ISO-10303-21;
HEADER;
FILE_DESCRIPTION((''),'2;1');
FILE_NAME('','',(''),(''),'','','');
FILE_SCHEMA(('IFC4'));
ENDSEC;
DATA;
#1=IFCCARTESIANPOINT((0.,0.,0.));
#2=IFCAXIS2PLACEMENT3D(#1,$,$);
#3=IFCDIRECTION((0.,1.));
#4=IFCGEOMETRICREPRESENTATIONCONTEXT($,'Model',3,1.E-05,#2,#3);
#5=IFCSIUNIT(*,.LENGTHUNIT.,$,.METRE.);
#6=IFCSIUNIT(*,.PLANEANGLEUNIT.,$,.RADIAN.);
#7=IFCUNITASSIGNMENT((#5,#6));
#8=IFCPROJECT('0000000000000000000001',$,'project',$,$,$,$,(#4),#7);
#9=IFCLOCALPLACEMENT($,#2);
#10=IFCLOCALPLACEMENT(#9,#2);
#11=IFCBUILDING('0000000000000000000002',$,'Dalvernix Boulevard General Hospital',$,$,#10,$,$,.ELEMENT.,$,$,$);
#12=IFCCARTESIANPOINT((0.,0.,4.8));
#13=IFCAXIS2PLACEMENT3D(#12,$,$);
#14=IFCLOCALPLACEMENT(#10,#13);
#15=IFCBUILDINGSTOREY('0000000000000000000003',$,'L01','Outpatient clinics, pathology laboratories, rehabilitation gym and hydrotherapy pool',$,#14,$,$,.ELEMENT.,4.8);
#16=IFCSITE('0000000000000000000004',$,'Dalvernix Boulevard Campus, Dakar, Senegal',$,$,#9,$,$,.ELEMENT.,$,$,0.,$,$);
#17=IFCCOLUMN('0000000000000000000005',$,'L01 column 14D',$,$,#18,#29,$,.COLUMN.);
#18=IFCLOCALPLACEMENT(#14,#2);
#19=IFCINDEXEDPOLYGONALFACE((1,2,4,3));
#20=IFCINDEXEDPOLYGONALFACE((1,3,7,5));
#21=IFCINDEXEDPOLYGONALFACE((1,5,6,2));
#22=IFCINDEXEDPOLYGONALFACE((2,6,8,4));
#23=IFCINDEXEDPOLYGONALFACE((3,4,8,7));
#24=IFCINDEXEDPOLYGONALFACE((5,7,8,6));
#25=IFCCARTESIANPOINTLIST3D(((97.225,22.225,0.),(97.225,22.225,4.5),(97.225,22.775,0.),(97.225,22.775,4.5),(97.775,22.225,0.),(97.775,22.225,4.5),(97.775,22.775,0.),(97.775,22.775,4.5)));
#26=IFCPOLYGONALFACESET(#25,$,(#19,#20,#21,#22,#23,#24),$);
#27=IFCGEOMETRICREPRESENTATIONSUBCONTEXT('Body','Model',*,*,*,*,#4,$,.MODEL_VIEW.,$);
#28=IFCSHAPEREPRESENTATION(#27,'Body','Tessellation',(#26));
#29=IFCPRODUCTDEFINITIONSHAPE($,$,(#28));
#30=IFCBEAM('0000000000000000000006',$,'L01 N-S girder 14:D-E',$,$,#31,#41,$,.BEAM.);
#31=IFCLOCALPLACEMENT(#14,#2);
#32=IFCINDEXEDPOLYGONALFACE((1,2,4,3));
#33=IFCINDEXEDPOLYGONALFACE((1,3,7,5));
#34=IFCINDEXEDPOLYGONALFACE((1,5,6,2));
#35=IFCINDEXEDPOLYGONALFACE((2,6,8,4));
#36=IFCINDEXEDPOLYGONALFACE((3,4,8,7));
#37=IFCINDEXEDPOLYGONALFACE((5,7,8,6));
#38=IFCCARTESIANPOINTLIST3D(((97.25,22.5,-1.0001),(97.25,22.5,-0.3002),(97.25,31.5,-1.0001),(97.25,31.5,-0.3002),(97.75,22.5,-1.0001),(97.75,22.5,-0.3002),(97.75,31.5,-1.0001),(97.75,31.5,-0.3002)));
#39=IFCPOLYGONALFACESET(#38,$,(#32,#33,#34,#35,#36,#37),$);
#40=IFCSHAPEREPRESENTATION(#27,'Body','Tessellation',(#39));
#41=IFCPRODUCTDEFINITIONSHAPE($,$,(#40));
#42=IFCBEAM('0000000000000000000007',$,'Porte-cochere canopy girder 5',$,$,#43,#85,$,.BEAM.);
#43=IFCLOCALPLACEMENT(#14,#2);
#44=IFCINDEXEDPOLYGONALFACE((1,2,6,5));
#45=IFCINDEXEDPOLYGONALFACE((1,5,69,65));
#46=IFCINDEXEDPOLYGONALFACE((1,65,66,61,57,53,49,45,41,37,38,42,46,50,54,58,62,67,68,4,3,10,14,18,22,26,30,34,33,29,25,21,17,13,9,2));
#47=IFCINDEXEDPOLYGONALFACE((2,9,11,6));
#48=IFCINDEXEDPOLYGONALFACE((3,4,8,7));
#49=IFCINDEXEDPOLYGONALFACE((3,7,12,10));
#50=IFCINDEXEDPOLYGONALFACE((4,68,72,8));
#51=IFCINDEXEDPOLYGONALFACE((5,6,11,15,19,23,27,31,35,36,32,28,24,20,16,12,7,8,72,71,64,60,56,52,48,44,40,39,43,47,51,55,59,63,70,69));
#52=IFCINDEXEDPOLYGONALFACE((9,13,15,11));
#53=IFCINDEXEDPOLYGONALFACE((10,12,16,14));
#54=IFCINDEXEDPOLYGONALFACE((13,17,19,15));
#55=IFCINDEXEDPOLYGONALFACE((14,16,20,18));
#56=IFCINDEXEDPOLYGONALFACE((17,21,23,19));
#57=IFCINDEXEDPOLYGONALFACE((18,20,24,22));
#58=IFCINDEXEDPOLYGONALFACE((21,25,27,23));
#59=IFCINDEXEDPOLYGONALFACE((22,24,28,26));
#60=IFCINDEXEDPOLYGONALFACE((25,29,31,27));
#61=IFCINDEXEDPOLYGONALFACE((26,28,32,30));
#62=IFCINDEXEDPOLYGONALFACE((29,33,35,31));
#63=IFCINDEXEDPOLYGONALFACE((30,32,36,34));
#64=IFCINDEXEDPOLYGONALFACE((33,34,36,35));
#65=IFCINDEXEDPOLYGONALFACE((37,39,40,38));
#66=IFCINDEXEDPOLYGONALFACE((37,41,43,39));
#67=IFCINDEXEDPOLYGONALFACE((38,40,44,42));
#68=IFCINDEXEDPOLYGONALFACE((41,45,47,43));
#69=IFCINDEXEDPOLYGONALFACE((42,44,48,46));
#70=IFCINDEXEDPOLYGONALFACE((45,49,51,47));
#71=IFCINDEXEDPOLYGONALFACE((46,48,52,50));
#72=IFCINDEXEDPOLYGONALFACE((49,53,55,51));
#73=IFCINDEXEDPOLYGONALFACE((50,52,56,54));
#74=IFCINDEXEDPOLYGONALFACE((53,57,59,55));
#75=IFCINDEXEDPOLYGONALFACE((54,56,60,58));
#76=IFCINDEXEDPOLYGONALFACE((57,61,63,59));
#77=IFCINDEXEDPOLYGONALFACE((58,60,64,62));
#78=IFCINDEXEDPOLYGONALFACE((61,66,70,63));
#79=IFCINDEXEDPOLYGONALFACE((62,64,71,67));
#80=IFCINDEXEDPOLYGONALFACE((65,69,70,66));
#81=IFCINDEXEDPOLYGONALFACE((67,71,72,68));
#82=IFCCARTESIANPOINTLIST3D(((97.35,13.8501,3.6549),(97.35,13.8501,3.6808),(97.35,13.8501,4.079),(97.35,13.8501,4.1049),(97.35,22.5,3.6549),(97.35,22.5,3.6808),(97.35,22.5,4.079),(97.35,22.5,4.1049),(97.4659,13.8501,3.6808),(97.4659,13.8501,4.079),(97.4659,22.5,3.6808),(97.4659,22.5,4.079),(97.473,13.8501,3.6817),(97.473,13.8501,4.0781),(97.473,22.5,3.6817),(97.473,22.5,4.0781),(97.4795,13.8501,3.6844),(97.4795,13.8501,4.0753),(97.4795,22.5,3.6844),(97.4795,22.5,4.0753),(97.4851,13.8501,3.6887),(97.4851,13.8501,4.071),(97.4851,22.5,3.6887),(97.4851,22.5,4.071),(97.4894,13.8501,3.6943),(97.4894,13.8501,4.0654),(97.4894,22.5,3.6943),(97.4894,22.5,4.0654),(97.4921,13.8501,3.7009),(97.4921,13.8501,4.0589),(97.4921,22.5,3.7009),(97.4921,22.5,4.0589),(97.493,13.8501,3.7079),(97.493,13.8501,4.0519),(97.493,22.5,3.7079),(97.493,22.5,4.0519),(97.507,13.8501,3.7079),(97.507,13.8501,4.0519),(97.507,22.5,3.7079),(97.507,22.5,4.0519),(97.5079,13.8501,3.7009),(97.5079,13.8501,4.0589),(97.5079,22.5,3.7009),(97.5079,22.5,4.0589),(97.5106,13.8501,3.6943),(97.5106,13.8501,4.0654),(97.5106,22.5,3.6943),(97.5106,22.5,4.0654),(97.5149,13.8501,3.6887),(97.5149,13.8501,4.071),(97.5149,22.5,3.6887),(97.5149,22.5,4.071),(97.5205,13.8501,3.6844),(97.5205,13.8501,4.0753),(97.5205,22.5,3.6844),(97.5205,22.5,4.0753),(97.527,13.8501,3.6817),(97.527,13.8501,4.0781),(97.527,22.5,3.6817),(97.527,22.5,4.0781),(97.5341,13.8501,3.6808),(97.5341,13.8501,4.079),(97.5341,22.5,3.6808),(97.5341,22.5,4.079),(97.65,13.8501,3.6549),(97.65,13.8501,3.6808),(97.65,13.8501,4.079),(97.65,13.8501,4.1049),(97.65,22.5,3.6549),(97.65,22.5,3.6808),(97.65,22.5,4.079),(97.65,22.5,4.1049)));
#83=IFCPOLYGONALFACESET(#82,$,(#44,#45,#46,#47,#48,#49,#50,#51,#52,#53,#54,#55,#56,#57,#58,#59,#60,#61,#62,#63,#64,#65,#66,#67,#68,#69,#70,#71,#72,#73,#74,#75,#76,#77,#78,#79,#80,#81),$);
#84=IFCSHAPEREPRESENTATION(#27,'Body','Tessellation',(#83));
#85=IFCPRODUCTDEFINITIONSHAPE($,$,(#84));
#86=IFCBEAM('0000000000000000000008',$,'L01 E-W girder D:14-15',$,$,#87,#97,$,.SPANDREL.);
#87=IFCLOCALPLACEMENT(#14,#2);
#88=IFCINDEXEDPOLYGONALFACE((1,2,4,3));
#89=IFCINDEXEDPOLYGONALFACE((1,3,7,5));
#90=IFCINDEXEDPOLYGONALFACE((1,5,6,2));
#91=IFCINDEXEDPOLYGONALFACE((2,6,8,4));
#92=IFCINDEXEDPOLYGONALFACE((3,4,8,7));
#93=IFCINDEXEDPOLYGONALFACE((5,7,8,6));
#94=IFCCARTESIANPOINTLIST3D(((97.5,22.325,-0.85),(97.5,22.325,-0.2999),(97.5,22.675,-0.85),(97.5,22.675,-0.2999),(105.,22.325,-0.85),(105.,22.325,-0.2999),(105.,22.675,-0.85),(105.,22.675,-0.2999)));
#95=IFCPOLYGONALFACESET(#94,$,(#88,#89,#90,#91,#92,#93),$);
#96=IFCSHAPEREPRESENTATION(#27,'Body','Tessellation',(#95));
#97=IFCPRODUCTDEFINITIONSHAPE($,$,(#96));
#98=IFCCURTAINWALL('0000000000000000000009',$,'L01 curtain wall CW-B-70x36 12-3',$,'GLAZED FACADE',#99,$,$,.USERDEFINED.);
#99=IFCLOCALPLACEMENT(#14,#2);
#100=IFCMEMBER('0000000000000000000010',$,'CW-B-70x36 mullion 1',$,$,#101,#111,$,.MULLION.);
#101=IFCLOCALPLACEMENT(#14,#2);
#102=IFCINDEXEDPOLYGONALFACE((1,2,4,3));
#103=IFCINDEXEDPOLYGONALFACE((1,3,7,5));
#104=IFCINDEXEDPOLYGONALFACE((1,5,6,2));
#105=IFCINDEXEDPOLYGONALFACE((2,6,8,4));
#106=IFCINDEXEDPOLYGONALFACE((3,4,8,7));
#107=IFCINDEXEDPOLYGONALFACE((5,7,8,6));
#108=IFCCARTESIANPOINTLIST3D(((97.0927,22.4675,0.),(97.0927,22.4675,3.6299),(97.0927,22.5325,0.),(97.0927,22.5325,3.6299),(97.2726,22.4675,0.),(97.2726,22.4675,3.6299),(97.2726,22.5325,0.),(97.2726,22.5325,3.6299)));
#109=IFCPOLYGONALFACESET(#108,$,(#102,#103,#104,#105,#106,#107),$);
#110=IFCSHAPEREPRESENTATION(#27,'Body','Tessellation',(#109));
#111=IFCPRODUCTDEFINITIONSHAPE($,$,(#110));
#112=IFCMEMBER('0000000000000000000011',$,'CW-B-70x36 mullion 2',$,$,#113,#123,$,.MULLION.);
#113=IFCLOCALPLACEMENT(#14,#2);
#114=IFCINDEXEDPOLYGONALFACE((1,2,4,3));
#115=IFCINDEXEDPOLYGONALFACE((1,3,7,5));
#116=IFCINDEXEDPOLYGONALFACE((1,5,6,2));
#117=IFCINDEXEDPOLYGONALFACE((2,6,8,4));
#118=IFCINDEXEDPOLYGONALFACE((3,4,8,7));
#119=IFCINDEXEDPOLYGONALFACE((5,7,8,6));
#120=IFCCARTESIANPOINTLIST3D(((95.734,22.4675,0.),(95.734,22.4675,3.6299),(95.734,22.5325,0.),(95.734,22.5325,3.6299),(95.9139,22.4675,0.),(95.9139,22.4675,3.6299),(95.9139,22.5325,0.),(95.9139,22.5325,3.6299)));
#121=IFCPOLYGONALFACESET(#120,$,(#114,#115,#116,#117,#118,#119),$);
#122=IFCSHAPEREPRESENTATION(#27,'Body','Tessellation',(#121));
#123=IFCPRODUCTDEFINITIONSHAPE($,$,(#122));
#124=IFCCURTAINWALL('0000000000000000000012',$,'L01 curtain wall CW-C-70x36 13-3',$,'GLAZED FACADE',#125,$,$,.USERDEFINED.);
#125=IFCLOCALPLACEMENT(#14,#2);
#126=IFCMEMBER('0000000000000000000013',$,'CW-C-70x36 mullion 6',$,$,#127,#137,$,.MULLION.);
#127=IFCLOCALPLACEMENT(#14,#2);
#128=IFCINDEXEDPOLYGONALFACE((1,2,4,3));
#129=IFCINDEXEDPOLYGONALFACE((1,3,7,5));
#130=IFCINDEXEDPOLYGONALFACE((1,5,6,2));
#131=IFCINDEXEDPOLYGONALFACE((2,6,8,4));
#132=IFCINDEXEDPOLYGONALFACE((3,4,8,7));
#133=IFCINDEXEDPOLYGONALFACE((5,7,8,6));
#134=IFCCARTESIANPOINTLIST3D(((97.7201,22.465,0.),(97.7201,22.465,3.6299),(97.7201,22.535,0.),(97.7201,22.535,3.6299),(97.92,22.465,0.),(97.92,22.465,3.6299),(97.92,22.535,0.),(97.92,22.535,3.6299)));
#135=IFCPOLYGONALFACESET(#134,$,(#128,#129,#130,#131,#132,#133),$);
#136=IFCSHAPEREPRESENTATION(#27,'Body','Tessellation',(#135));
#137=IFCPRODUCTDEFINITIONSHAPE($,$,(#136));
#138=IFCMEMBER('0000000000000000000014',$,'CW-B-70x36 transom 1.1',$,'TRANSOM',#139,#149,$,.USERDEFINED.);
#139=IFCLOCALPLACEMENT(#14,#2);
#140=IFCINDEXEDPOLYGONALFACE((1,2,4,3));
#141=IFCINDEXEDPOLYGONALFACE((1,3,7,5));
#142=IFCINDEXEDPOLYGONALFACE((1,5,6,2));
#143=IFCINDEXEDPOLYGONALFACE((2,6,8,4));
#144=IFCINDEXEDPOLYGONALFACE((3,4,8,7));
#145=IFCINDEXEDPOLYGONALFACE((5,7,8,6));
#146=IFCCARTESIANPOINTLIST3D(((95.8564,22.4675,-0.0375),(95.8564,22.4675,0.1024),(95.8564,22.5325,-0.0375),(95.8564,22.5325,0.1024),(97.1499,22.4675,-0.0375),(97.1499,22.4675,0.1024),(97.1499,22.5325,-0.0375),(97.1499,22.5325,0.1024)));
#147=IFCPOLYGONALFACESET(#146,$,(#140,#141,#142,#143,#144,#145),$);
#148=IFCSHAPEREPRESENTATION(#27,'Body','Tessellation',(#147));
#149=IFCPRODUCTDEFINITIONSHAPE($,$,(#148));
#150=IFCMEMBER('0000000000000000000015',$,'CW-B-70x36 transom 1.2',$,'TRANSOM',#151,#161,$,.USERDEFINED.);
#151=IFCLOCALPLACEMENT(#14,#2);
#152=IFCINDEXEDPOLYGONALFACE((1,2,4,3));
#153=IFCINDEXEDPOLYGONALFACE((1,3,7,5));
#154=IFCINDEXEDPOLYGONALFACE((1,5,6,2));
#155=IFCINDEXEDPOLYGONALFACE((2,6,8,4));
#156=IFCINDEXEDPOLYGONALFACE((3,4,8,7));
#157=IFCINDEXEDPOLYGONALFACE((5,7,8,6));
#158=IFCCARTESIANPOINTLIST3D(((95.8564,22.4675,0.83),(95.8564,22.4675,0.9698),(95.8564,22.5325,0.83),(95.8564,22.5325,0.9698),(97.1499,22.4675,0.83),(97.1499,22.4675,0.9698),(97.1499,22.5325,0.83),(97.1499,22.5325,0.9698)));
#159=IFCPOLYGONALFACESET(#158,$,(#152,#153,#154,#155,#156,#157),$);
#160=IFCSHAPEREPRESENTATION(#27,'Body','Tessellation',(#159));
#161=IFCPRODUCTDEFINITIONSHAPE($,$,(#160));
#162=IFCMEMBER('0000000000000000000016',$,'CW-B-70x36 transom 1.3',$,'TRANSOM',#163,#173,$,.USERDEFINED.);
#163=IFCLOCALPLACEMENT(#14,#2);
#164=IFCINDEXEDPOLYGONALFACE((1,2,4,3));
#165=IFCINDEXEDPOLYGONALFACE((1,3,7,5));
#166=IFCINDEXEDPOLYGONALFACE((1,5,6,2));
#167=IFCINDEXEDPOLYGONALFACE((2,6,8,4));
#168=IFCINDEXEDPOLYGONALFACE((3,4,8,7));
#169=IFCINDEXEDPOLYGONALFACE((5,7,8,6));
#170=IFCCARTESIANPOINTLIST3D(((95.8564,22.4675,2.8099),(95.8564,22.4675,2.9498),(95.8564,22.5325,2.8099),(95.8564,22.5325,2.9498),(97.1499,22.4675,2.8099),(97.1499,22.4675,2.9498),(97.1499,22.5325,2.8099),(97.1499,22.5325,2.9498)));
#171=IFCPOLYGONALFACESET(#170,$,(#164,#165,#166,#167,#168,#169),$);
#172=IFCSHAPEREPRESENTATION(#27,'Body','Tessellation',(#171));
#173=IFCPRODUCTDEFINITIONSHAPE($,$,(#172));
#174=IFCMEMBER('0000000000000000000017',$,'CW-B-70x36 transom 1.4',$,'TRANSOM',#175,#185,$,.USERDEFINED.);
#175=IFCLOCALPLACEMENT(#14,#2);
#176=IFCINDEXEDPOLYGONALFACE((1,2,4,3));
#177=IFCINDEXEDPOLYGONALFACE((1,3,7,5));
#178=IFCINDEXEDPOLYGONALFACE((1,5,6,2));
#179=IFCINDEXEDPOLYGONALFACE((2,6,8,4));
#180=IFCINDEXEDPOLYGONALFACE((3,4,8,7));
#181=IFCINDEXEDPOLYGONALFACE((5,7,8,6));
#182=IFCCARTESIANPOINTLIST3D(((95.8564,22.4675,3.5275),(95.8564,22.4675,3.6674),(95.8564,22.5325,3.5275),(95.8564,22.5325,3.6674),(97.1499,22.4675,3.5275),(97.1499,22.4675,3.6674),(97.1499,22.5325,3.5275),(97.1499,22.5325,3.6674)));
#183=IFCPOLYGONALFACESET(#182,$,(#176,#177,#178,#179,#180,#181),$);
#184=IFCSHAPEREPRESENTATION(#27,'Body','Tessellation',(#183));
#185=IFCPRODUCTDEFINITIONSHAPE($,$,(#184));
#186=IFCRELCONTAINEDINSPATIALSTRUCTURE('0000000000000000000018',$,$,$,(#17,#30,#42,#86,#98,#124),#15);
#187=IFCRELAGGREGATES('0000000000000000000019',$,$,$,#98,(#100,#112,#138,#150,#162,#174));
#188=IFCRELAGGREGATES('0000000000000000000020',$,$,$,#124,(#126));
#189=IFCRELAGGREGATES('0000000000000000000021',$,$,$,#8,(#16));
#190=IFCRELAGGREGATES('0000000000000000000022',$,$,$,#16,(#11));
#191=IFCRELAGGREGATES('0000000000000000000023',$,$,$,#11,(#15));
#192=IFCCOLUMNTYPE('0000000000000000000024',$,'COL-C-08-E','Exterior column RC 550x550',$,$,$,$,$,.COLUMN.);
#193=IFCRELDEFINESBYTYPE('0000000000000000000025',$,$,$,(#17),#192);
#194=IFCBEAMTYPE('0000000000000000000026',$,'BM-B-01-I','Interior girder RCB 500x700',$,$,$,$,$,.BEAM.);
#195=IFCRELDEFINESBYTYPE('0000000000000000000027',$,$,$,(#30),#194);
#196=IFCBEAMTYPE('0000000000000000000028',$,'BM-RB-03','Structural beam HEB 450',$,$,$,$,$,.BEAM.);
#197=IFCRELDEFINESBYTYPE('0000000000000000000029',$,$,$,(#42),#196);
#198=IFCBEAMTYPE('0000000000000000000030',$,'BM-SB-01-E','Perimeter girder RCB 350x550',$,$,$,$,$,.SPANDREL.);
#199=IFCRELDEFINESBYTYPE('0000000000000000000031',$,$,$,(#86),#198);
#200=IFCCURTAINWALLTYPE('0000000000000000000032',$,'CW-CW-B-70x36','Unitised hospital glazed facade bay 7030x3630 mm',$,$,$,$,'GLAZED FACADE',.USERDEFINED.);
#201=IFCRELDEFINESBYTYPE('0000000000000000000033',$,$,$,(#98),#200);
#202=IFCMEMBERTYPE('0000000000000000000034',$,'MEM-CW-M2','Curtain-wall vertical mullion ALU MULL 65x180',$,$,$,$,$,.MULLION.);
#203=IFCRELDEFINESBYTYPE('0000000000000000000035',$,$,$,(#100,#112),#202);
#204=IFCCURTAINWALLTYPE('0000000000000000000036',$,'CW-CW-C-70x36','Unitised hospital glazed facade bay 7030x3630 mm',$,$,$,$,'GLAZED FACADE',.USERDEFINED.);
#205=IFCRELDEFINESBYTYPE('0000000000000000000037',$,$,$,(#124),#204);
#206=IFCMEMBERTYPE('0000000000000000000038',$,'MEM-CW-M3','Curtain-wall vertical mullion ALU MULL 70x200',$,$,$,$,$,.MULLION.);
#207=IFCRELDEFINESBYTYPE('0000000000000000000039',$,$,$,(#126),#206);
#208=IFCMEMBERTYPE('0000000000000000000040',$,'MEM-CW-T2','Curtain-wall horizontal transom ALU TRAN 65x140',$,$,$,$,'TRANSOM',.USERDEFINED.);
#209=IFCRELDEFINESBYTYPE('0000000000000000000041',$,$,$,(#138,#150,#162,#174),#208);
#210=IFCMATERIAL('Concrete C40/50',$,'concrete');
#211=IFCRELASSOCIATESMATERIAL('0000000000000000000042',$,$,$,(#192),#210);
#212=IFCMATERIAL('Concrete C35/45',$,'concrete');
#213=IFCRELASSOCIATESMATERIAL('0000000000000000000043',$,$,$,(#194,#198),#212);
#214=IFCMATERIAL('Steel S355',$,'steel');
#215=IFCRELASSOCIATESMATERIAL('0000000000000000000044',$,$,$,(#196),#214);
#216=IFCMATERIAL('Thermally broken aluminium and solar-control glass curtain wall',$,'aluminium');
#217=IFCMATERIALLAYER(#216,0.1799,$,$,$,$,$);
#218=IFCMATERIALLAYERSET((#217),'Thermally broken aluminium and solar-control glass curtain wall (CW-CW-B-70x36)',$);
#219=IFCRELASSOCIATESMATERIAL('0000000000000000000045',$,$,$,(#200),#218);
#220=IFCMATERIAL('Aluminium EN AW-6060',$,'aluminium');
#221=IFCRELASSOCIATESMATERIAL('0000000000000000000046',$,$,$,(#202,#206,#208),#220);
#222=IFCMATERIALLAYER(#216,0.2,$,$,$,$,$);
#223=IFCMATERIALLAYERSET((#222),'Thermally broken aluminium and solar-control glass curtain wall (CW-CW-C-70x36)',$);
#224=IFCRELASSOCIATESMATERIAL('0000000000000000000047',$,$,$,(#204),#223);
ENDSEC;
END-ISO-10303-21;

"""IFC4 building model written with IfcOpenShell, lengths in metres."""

from ifc_helpers import new_model, si_unit, direction, frame, origin, origin_2d, place, context, subcontext, project, spatial, rectangle, i_section, extrude, material, layer, layer_set, material_profile, profile_set, type_object, element, aggregate, save


model = new_model("IFC4")

# Units and contexts
model_context = context("Model", 3, precision=1e-05, world=origin(), true_north=direction((0.0, 1.0)))
body_context = subcontext(model_context, "Body", "Model", "MODEL_VIEW")
ifc_project = project(units=[si_unit("LENGTHUNIT", "METRE"), si_unit("PLANEANGLEUNIT", "RADIAN")], contexts=[model_context])

# Site, building, storey
site_placement = place(None, origin())
site = spatial("IfcSite", under=ifc_project, at=site_placement, Name="Dalvernix Boulevard Campus, Dakar, Senegal", CompositionType="ELEMENT", RefElevation=0.0)
building_placement = place(site_placement, origin())
building = spatial("IfcBuilding", under=site, at=building_placement, Name="Dalvernix Boulevard General Hospital", CompositionType="ELEMENT")
storey_placement = place(building_placement, frame((0.0, 0.0, 4.8)))
storey = spatial("IfcBuildingStorey", under=building, at=storey_placement, Name="L01", Description="Outpatient clinics, pathology laboratories, rehabilitation gym and hydrotherapy pool", CompositionType="ELEMENT", Elevation=4.8)

# Column
ifc_material_1 = material(Name="Concrete C40/50", Category="concrete")
ifc_material_profile_1 = material_profile(ifc_material_1, rectangle(XDim=0.55, YDim=0.55, at=origin_2d()), Name="RC 550x550")
ifc_profile_set_1 = profile_set([ifc_material_profile_1], Name="Concrete C40/50")
column_type = type_object("IfcColumnType", Name="COL-C-08-E", Description="Exterior column RC 550x550", PredefinedType="COLUMN", material=ifc_profile_set_1)
column_placement = place(storey_placement, frame((97.5, 22.5, 0.0), z_axis=(0.0, 0.0, 1.0), x_axis=(1.0, 0.0, 0.0)))
element("IfcColumn", 1, at=column_placement, inside=storey, type_object=column_type, Name="L01 column 14D", PredefinedType="COLUMN", context=body_context, shape_type="SweptSolid", body=[
    extrude(rectangle(XDim=0.55, YDim=0.55, at=origin_2d()), origin(), (0.0, 0.0, 1.0), 4.5),
])

# Beams
ifc_material_2 = material(Name="Concrete C35/45", Category="concrete")
ifc_material_profile_2 = material_profile(ifc_material_2, rectangle(XDim=0.5, YDim=0.7, at=origin_2d()), Name="RCB 500x700")
ifc_profile_set_2 = profile_set([ifc_material_profile_2], Name="Concrete C35/45")
beam_type_1 = type_object("IfcBeamType", Name="BM-B-01-I", Description="Interior girder RCB 500x700", PredefinedType="BEAM", material=ifc_profile_set_2)
beam_1_placement = place(storey_placement, frame((97.5, 22.5, -0.6501), z_axis=(0.0, 1.0, 0.0), x_axis=(-1.0, 0.0, 0.0)))
element("IfcBeam", 2, at=beam_1_placement, inside=storey, type_object=beam_type_1, Name="L01 N-S girder 14:D-E", PredefinedType="BEAM", context=body_context, shape_type="SweptSolid", body=[
    extrude(rectangle(XDim=0.5, YDim=0.7, at=origin_2d()), origin(), (0.0, 0.0, 1.0), 9.0),
])
ifc_material_3 = material(Name="Steel S355", Category="steel")
ifc_material_profile_3 = material_profile(ifc_material_3, i_section(OverallWidth=0.3, OverallDepth=0.45, WebThickness=0.0139, FlangeThickness=0.0259, FilletRadius=0.0271, at=origin_2d()), Name="HEB 450")
ifc_profile_set_3 = profile_set([ifc_material_profile_3], Name="Steel S355")
beam_type_2 = type_object("IfcBeamType", Name="BM-RB-03", Description="Structural beam HEB 450", PredefinedType="BEAM", material=ifc_profile_set_3)
beam_2_placement = place(storey_placement, frame((97.5, 22.5, 3.8799), z_axis=(0.0, -1.0, 0.0), x_axis=(1.0, 0.0, 0.0)))
element("IfcBeam", 3, at=beam_2_placement, inside=storey, type_object=beam_type_2, Name="Porte-cochere canopy girder 5", PredefinedType="BEAM", context=body_context, shape_type="SweptSolid", body=[
    extrude(i_section(OverallWidth=0.3, OverallDepth=0.45, WebThickness=0.0139, FlangeThickness=0.0259, FilletRadius=0.0271, at=origin_2d()), origin(), (0.0, 0.0, 1.0), 8.6499),
])
ifc_material_profile_4 = material_profile(ifc_material_2, rectangle(XDim=0.3501, YDim=0.55, at=origin_2d()), Name="RCB 350x550")
ifc_profile_set_4 = profile_set([ifc_material_profile_4], Name="Concrete C35/45")
beam_type_3 = type_object("IfcBeamType", Name="BM-SB-01-E", Description="Perimeter girder RCB 350x550", PredefinedType="SPANDREL", material=ifc_profile_set_4)
beam_3_placement = place(storey_placement, frame((97.5, 22.5, -0.575), z_axis=(1.0, 0.0, 0.0), x_axis=(0.0, 1.0, 0.0)))
element("IfcBeam", 4, at=beam_3_placement, inside=storey, type_object=beam_type_3, Name="L01 E-W girder D:14-15", PredefinedType="SPANDREL", context=body_context, shape_type="SweptSolid", body=[
    extrude(rectangle(XDim=0.3501, YDim=0.55, at=origin_2d()), origin(), (0.0, 0.0, 1.0), 7.5),
])

# Curtain wall, members
ifc_material_4 = material(Name="Thermally broken aluminium and solar-control glass curtain wall", Category="aluminium")
ifc_layer_1 = layer(ifc_material_4, 0.1799)
ifc_layer_set_1 = layer_set([ifc_layer_1], Name="Thermally broken aluminium and solar-control glass curtain wall (CW-CW-B-70x36)")
curtain_wall_type_1 = type_object("IfcCurtainWallType", Name="CW-CW-B-70x36", Description="Unitised hospital glazed facade bay 7030x3630 mm", ElementType="GLAZED FACADE", PredefinedType="USERDEFINED", material=ifc_layer_set_1)
curtain_wall_1_placement = place(storey_placement, origin())
curtain_wall_1 = element("IfcCurtainWall", 5, at=curtain_wall_1_placement, inside=storey, type_object=curtain_wall_type_1, Name="L01 curtain wall CW-B-70x36 12-3", ObjectType="GLAZED FACADE", PredefinedType="USERDEFINED")
ifc_material_5 = material(Name="Aluminium EN AW-6060", Category="aluminium")
ifc_material_profile_5 = material_profile(ifc_material_5, rectangle(XDim=0.0649, YDim=0.1799, at=origin_2d()), Name="ALU MULL 65x180")
ifc_profile_set_5 = profile_set([ifc_material_profile_5], Name="Aluminium EN AW-6060")
member_type_1 = type_object("IfcMemberType", Name="MEM-CW-M2", Description="Curtain-wall vertical mullion ALU MULL 65x180", PredefinedType="MULLION", material=ifc_profile_set_5)
member_1_placement = place(storey_placement, frame((97.1826, 22.5, 0.0), z_axis=(0.0, 0.0, 1.0), x_axis=(0.0, -1.0, 0.0)))
member_1 = element("IfcMember", 6, at=member_1_placement, type_object=member_type_1, Name="CW-B-70x36 mullion 1", PredefinedType="MULLION", context=body_context, shape_type="SweptSolid", body=[
    extrude(rectangle(XDim=0.0649, YDim=0.1799, at=origin_2d()), origin(), (0.0, 0.0, 1.0), 3.6299),
])
member_2_placement = place(storey_placement, frame((95.824, 22.5, 0.0), z_axis=(0.0, 0.0, 1.0), x_axis=(0.0, -1.0, 0.0)))
member_2 = element("IfcMember", 7, at=member_2_placement, type_object=member_type_1, Name="CW-B-70x36 mullion 2", PredefinedType="MULLION", context=body_context, shape_type="SweptSolid", body=[
    extrude(rectangle(XDim=0.0649, YDim=0.1799, at=origin_2d()), origin(), (0.0, 0.0, 1.0), 3.6299),
])

# Curtain wall, member
ifc_layer_2 = layer(ifc_material_4, 0.2)
ifc_layer_set_2 = layer_set([ifc_layer_2], Name="Thermally broken aluminium and solar-control glass curtain wall (CW-CW-C-70x36)")
curtain_wall_type_2 = type_object("IfcCurtainWallType", Name="CW-CW-C-70x36", Description="Unitised hospital glazed facade bay 7030x3630 mm", ElementType="GLAZED FACADE", PredefinedType="USERDEFINED", material=ifc_layer_set_2)
curtain_wall_2_placement = place(storey_placement, origin())
curtain_wall_2 = element("IfcCurtainWall", 8, at=curtain_wall_2_placement, inside=storey, type_object=curtain_wall_type_2, Name="L01 curtain wall CW-C-70x36 13-3", ObjectType="GLAZED FACADE", PredefinedType="USERDEFINED")
ifc_material_profile_6 = material_profile(ifc_material_5, rectangle(XDim=0.0701, YDim=0.2, at=origin_2d()), Name="ALU MULL 70x200")
ifc_profile_set_6 = profile_set([ifc_material_profile_6], Name="Aluminium EN AW-6060")
member_type_2 = type_object("IfcMemberType", Name="MEM-CW-M3", Description="Curtain-wall vertical mullion ALU MULL 70x200", PredefinedType="MULLION", material=ifc_profile_set_6)
member_3_placement = place(storey_placement, frame((97.8201, 22.5, 0.0), z_axis=(0.0, 0.0, 1.0), x_axis=(0.0, -1.0, 0.0)))
member_3 = element("IfcMember", 9, at=member_3_placement, type_object=member_type_2, Name="CW-C-70x36 mullion 6", PredefinedType="MULLION", context=body_context, shape_type="SweptSolid", body=[
    extrude(rectangle(XDim=0.0701, YDim=0.2, at=origin_2d()), origin(), (0.0, 0.0, 1.0), 3.6299),
])

# Members
ifc_material_profile_7 = material_profile(ifc_material_5, rectangle(XDim=0.0649, YDim=0.1399, at=origin_2d()), Name="ALU TRAN 65x140")
ifc_profile_set_7 = profile_set([ifc_material_profile_7], Name="Aluminium EN AW-6060")
member_type_3 = type_object("IfcMemberType", Name="MEM-CW-T2", Description="Curtain-wall horizontal transom ALU TRAN 65x140", ElementType="TRANSOM", PredefinedType="USERDEFINED", material=ifc_profile_set_7)
member_4_placement = place(storey_placement, frame((97.1499, 22.5, 0.0325), z_axis=(-1.0, 0.0, 0.0), x_axis=(0.0, -1.0, 0.0)))
member_4 = element("IfcMember", 10, at=member_4_placement, type_object=member_type_3, Name="CW-B-70x36 transom 1.1", ObjectType="TRANSOM", PredefinedType="USERDEFINED", context=body_context, shape_type="SweptSolid", body=[
    extrude(rectangle(XDim=0.0649, YDim=0.1399, at=origin_2d()), origin(), (0.0, 0.0, 1.0), 1.2935),
])
member_5_placement = place(storey_placement, frame((97.1499, 22.5, 0.8999), z_axis=(-1.0, 0.0, 0.0), x_axis=(0.0, -1.0, 0.0)))
member_5 = element("IfcMember", 11, at=member_5_placement, type_object=member_type_3, Name="CW-B-70x36 transom 1.2", ObjectType="TRANSOM", PredefinedType="USERDEFINED", context=body_context, shape_type="SweptSolid", body=[
    extrude(rectangle(XDim=0.0649, YDim=0.1399, at=origin_2d()), origin(), (0.0, 0.0, 1.0), 1.2935),
])
member_6_placement = place(storey_placement, frame((97.1499, 22.5, 2.8799), z_axis=(-1.0, 0.0, 0.0), x_axis=(0.0, -1.0, 0.0)))
member_6 = element("IfcMember", 12, at=member_6_placement, type_object=member_type_3, Name="CW-B-70x36 transom 1.3", ObjectType="TRANSOM", PredefinedType="USERDEFINED", context=body_context, shape_type="SweptSolid", body=[
    extrude(rectangle(XDim=0.0649, YDim=0.1399, at=origin_2d()), origin(), (0.0, 0.0, 1.0), 1.2935),
])
member_7_placement = place(storey_placement, frame((97.1499, 22.5, 3.5974), z_axis=(-1.0, 0.0, 0.0), x_axis=(0.0, -1.0, 0.0)))
member_7 = element("IfcMember", 13, at=member_7_placement, type_object=member_type_3, Name="CW-B-70x36 transom 1.4", ObjectType="TRANSOM", PredefinedType="USERDEFINED", context=body_context, shape_type="SweptSolid", body=[
    extrude(rectangle(XDim=0.0649, YDim=0.1399, at=origin_2d()), origin(), (0.0, 0.0, 1.0), 1.2935),
])

aggregate(curtain_wall_1, [member_1, member_2, member_4, member_5, member_6, member_7])
aggregate(curtain_wall_2, [member_3])

save(model, "model.ifc")
